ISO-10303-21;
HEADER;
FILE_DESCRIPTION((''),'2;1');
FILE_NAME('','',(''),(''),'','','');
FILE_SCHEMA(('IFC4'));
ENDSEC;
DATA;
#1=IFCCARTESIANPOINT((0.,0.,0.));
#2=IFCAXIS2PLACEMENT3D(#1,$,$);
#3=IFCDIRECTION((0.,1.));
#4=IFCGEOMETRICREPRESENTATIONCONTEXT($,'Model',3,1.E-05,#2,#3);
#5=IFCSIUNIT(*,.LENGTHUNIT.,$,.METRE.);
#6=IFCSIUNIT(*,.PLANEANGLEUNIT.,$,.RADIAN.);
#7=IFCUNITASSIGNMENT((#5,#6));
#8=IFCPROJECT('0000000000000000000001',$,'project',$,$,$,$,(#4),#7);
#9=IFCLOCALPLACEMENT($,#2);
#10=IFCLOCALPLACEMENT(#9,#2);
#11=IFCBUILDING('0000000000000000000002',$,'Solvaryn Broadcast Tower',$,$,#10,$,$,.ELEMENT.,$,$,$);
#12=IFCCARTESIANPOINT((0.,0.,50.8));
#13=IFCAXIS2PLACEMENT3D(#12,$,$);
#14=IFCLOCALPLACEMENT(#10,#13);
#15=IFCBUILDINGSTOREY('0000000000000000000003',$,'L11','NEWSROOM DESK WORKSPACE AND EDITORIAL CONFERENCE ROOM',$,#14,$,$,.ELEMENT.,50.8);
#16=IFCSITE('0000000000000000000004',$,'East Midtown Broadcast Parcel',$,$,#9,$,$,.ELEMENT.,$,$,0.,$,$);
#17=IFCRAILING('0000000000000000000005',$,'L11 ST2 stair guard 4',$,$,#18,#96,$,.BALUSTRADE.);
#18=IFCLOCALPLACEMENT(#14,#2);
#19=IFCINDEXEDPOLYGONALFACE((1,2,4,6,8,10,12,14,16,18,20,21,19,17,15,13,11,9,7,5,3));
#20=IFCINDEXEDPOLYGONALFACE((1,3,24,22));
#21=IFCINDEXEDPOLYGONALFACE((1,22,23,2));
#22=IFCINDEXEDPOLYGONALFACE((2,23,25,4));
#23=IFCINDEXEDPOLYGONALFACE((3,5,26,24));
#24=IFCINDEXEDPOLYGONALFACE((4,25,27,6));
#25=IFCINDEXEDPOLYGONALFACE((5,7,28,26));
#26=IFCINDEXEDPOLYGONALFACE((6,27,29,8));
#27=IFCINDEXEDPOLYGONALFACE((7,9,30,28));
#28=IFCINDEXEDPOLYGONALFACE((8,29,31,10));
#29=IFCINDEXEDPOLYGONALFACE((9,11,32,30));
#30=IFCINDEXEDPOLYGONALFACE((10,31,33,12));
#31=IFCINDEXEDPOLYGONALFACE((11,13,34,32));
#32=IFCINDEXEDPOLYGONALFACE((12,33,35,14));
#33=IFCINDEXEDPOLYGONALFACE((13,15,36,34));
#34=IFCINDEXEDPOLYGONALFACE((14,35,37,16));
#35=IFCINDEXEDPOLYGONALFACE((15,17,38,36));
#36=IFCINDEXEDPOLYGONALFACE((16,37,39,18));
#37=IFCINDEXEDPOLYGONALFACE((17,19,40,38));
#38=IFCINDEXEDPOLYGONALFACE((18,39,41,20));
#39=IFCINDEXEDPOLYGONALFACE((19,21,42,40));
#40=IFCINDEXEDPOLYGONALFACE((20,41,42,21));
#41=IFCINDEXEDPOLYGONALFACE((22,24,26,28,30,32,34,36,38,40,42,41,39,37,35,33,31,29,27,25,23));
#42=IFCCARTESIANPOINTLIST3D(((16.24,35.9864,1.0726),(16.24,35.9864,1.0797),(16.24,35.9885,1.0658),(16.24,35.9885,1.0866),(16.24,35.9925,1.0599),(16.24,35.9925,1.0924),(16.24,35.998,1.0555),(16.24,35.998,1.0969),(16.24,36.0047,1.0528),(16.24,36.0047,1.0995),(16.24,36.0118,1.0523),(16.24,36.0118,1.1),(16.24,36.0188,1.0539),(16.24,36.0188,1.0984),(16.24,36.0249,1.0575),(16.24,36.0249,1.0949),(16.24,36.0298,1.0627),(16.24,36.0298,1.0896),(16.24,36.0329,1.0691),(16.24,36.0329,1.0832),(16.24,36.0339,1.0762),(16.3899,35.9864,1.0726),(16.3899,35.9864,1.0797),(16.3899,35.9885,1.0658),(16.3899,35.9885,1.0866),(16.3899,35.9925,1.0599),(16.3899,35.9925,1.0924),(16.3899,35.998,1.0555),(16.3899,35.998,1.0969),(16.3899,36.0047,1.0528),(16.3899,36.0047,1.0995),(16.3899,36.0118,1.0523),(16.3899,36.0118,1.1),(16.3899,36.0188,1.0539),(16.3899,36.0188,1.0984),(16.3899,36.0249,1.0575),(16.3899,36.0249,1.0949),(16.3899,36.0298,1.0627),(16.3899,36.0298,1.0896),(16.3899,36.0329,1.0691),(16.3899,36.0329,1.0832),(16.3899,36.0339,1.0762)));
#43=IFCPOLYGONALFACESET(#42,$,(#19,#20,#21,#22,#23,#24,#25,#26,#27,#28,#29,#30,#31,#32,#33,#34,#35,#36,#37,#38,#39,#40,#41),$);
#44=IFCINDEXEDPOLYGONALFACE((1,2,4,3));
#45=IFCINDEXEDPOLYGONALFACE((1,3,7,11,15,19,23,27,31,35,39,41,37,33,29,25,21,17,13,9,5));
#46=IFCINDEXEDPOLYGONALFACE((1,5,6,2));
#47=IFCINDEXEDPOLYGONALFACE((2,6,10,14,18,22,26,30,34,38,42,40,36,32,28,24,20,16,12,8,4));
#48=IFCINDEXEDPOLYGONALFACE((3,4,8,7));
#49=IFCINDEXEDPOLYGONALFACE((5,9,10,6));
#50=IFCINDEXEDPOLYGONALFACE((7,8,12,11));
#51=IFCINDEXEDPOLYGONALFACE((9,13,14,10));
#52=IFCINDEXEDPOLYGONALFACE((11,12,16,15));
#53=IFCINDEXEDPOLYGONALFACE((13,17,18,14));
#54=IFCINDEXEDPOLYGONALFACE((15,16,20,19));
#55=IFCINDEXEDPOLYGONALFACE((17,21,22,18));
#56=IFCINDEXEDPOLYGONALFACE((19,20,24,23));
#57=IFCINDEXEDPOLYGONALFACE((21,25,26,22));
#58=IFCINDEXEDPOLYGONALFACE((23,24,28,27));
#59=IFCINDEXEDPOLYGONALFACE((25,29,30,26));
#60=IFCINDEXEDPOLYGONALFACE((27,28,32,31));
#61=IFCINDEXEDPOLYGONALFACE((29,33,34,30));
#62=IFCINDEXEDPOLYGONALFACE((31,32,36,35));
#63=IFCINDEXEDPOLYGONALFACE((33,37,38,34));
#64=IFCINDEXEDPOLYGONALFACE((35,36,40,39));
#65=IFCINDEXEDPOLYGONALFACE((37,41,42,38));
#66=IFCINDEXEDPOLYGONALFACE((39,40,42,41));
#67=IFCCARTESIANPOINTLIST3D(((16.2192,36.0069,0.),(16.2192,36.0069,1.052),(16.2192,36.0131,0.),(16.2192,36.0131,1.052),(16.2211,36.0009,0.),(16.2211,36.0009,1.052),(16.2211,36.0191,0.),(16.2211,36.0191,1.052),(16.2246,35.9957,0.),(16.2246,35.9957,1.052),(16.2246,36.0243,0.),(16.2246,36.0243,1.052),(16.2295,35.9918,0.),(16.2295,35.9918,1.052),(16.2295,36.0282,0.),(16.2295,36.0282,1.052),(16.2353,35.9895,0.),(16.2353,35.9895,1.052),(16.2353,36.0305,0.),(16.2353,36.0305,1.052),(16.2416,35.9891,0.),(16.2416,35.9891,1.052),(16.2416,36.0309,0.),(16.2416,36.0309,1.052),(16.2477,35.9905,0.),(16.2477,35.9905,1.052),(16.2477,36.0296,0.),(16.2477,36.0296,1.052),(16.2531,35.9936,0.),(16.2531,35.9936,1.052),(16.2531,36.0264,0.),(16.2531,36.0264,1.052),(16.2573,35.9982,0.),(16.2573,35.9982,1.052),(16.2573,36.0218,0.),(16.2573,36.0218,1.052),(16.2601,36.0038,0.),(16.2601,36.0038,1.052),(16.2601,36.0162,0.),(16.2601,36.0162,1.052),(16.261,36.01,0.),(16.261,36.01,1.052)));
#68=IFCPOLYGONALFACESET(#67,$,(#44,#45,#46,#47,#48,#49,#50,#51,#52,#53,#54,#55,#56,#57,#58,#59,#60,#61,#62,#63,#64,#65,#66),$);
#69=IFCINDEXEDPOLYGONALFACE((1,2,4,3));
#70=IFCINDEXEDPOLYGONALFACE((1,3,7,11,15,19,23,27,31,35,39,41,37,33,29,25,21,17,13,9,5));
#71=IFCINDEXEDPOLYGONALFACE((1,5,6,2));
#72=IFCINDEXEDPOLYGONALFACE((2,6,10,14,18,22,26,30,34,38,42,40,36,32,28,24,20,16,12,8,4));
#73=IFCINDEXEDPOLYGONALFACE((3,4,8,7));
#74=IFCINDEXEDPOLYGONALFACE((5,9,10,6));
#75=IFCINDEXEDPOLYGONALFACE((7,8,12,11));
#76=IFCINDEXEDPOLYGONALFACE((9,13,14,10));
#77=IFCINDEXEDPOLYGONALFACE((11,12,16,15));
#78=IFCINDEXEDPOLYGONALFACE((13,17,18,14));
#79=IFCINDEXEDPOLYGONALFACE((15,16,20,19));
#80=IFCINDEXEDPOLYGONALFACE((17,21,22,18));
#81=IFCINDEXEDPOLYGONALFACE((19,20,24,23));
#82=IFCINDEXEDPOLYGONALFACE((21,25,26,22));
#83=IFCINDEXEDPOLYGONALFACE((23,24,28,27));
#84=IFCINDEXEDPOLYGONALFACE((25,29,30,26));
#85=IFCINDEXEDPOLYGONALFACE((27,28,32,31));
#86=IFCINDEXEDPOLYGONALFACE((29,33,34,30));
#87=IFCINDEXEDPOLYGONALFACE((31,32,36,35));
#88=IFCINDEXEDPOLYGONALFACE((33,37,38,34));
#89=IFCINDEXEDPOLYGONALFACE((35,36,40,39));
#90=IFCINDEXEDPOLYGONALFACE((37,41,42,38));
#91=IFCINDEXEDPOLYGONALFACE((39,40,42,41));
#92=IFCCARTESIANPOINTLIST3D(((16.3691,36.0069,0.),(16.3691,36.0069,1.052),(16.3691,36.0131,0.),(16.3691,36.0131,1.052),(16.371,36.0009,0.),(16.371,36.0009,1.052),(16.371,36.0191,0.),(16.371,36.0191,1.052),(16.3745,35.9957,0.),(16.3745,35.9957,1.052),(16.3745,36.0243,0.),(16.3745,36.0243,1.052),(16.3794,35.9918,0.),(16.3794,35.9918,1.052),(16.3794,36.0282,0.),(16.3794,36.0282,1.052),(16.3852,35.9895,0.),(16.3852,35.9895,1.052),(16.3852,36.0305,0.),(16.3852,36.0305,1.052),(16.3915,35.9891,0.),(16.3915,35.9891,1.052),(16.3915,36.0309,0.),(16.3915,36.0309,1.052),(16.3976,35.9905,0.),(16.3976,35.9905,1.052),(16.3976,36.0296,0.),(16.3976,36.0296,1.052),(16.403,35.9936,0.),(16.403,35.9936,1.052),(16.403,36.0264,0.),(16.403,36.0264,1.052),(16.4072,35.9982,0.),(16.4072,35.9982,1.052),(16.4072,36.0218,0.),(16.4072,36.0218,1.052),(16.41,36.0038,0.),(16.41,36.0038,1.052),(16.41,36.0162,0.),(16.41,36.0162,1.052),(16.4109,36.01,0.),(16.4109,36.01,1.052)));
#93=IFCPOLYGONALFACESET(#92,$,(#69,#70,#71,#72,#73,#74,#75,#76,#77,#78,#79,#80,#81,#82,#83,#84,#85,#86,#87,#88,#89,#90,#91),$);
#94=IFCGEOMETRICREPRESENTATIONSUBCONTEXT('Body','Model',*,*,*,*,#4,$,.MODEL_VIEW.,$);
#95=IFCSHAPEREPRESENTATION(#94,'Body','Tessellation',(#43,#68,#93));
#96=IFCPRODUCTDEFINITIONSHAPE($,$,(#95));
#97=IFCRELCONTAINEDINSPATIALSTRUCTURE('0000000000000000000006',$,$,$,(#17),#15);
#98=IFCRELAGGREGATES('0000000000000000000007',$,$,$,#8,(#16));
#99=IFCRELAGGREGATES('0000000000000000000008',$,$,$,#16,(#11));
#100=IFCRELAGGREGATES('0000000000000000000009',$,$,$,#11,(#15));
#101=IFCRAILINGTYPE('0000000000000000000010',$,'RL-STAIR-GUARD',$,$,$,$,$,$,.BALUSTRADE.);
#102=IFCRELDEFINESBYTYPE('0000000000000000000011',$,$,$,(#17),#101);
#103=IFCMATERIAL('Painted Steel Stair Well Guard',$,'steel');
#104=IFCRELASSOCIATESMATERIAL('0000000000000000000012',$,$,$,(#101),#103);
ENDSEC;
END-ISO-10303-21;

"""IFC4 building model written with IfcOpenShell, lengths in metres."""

from ifc_helpers import new_model, si_unit, direction, frame, origin, origin_2d, place, context, subcontext, project, spatial, circle, extrude, material, type_object, element, save


model = new_model("IFC4")

# Units and contexts
model_context = context("Model", 3, precision=1e-05, world=origin(), true_north=direction((0.0, 1.0)))
body_context = subcontext(model_context, "Body", "Model", "MODEL_VIEW")
ifc_project = project(units=[si_unit("LENGTHUNIT", "METRE"), si_unit("PLANEANGLEUNIT", "RADIAN")], contexts=[model_context])

# Site, building, storey
site_placement = place(None, origin())
site = spatial("IfcSite", under=ifc_project, at=site_placement, Name="East Midtown Broadcast Parcel", CompositionType="ELEMENT", RefElevation=0.0)
building_placement = place(site_placement, origin())
building = spatial("IfcBuilding", under=site, at=building_placement, Name="Solvaryn Broadcast Tower", CompositionType="ELEMENT")
storey_placement = place(building_placement, frame((0.0, 0.0, 50.8)))
storey = spatial("IfcBuildingStorey", under=building, at=storey_placement, Name="L11", Description="NEWSROOM DESK WORKSPACE AND EDITORIAL CONFERENCE ROOM", CompositionType="ELEMENT", Elevation=50.8)

# Railing
ifc_material_1 = material(Name="Painted Steel Stair Well Guard", Category="steel")
railing_type_1 = type_object("IfcRailingType", Name="RL-STAIR-GUARD", PredefinedType="BALUSTRADE", material=ifc_material_1)
railing_1_placement = place(storey_placement, frame((16.24, 36.01, 0.0)))
element("IfcRailing", 1, at=railing_1_placement, inside=storey, type_object=railing_type_1, Name="L11 ST2 stair guard 4", PredefinedType="BALUSTRADE", context=body_context, shape_type="SweptSolid", body=[
    extrude(circle(Radius=0.0239, at=origin_2d()), frame((0.0, 0.0, 1.0762), z_axis=(1.0, 0.0, 0.0), x_axis=(0.0, 1.0, 0.0)), (0.0, 0.0, 1.0), 0.1499),
    extrude(circle(Radius=0.021, at=origin_2d()), origin(), (0.0, 0.0, 1.0), 1.052),
    extrude(circle(Radius=0.021, at=origin_2d()), frame((0.1499, 0.0, 0.0)), (0.0, 0.0, 1.0), 1.052),
])

save(model, "model.ifc")
